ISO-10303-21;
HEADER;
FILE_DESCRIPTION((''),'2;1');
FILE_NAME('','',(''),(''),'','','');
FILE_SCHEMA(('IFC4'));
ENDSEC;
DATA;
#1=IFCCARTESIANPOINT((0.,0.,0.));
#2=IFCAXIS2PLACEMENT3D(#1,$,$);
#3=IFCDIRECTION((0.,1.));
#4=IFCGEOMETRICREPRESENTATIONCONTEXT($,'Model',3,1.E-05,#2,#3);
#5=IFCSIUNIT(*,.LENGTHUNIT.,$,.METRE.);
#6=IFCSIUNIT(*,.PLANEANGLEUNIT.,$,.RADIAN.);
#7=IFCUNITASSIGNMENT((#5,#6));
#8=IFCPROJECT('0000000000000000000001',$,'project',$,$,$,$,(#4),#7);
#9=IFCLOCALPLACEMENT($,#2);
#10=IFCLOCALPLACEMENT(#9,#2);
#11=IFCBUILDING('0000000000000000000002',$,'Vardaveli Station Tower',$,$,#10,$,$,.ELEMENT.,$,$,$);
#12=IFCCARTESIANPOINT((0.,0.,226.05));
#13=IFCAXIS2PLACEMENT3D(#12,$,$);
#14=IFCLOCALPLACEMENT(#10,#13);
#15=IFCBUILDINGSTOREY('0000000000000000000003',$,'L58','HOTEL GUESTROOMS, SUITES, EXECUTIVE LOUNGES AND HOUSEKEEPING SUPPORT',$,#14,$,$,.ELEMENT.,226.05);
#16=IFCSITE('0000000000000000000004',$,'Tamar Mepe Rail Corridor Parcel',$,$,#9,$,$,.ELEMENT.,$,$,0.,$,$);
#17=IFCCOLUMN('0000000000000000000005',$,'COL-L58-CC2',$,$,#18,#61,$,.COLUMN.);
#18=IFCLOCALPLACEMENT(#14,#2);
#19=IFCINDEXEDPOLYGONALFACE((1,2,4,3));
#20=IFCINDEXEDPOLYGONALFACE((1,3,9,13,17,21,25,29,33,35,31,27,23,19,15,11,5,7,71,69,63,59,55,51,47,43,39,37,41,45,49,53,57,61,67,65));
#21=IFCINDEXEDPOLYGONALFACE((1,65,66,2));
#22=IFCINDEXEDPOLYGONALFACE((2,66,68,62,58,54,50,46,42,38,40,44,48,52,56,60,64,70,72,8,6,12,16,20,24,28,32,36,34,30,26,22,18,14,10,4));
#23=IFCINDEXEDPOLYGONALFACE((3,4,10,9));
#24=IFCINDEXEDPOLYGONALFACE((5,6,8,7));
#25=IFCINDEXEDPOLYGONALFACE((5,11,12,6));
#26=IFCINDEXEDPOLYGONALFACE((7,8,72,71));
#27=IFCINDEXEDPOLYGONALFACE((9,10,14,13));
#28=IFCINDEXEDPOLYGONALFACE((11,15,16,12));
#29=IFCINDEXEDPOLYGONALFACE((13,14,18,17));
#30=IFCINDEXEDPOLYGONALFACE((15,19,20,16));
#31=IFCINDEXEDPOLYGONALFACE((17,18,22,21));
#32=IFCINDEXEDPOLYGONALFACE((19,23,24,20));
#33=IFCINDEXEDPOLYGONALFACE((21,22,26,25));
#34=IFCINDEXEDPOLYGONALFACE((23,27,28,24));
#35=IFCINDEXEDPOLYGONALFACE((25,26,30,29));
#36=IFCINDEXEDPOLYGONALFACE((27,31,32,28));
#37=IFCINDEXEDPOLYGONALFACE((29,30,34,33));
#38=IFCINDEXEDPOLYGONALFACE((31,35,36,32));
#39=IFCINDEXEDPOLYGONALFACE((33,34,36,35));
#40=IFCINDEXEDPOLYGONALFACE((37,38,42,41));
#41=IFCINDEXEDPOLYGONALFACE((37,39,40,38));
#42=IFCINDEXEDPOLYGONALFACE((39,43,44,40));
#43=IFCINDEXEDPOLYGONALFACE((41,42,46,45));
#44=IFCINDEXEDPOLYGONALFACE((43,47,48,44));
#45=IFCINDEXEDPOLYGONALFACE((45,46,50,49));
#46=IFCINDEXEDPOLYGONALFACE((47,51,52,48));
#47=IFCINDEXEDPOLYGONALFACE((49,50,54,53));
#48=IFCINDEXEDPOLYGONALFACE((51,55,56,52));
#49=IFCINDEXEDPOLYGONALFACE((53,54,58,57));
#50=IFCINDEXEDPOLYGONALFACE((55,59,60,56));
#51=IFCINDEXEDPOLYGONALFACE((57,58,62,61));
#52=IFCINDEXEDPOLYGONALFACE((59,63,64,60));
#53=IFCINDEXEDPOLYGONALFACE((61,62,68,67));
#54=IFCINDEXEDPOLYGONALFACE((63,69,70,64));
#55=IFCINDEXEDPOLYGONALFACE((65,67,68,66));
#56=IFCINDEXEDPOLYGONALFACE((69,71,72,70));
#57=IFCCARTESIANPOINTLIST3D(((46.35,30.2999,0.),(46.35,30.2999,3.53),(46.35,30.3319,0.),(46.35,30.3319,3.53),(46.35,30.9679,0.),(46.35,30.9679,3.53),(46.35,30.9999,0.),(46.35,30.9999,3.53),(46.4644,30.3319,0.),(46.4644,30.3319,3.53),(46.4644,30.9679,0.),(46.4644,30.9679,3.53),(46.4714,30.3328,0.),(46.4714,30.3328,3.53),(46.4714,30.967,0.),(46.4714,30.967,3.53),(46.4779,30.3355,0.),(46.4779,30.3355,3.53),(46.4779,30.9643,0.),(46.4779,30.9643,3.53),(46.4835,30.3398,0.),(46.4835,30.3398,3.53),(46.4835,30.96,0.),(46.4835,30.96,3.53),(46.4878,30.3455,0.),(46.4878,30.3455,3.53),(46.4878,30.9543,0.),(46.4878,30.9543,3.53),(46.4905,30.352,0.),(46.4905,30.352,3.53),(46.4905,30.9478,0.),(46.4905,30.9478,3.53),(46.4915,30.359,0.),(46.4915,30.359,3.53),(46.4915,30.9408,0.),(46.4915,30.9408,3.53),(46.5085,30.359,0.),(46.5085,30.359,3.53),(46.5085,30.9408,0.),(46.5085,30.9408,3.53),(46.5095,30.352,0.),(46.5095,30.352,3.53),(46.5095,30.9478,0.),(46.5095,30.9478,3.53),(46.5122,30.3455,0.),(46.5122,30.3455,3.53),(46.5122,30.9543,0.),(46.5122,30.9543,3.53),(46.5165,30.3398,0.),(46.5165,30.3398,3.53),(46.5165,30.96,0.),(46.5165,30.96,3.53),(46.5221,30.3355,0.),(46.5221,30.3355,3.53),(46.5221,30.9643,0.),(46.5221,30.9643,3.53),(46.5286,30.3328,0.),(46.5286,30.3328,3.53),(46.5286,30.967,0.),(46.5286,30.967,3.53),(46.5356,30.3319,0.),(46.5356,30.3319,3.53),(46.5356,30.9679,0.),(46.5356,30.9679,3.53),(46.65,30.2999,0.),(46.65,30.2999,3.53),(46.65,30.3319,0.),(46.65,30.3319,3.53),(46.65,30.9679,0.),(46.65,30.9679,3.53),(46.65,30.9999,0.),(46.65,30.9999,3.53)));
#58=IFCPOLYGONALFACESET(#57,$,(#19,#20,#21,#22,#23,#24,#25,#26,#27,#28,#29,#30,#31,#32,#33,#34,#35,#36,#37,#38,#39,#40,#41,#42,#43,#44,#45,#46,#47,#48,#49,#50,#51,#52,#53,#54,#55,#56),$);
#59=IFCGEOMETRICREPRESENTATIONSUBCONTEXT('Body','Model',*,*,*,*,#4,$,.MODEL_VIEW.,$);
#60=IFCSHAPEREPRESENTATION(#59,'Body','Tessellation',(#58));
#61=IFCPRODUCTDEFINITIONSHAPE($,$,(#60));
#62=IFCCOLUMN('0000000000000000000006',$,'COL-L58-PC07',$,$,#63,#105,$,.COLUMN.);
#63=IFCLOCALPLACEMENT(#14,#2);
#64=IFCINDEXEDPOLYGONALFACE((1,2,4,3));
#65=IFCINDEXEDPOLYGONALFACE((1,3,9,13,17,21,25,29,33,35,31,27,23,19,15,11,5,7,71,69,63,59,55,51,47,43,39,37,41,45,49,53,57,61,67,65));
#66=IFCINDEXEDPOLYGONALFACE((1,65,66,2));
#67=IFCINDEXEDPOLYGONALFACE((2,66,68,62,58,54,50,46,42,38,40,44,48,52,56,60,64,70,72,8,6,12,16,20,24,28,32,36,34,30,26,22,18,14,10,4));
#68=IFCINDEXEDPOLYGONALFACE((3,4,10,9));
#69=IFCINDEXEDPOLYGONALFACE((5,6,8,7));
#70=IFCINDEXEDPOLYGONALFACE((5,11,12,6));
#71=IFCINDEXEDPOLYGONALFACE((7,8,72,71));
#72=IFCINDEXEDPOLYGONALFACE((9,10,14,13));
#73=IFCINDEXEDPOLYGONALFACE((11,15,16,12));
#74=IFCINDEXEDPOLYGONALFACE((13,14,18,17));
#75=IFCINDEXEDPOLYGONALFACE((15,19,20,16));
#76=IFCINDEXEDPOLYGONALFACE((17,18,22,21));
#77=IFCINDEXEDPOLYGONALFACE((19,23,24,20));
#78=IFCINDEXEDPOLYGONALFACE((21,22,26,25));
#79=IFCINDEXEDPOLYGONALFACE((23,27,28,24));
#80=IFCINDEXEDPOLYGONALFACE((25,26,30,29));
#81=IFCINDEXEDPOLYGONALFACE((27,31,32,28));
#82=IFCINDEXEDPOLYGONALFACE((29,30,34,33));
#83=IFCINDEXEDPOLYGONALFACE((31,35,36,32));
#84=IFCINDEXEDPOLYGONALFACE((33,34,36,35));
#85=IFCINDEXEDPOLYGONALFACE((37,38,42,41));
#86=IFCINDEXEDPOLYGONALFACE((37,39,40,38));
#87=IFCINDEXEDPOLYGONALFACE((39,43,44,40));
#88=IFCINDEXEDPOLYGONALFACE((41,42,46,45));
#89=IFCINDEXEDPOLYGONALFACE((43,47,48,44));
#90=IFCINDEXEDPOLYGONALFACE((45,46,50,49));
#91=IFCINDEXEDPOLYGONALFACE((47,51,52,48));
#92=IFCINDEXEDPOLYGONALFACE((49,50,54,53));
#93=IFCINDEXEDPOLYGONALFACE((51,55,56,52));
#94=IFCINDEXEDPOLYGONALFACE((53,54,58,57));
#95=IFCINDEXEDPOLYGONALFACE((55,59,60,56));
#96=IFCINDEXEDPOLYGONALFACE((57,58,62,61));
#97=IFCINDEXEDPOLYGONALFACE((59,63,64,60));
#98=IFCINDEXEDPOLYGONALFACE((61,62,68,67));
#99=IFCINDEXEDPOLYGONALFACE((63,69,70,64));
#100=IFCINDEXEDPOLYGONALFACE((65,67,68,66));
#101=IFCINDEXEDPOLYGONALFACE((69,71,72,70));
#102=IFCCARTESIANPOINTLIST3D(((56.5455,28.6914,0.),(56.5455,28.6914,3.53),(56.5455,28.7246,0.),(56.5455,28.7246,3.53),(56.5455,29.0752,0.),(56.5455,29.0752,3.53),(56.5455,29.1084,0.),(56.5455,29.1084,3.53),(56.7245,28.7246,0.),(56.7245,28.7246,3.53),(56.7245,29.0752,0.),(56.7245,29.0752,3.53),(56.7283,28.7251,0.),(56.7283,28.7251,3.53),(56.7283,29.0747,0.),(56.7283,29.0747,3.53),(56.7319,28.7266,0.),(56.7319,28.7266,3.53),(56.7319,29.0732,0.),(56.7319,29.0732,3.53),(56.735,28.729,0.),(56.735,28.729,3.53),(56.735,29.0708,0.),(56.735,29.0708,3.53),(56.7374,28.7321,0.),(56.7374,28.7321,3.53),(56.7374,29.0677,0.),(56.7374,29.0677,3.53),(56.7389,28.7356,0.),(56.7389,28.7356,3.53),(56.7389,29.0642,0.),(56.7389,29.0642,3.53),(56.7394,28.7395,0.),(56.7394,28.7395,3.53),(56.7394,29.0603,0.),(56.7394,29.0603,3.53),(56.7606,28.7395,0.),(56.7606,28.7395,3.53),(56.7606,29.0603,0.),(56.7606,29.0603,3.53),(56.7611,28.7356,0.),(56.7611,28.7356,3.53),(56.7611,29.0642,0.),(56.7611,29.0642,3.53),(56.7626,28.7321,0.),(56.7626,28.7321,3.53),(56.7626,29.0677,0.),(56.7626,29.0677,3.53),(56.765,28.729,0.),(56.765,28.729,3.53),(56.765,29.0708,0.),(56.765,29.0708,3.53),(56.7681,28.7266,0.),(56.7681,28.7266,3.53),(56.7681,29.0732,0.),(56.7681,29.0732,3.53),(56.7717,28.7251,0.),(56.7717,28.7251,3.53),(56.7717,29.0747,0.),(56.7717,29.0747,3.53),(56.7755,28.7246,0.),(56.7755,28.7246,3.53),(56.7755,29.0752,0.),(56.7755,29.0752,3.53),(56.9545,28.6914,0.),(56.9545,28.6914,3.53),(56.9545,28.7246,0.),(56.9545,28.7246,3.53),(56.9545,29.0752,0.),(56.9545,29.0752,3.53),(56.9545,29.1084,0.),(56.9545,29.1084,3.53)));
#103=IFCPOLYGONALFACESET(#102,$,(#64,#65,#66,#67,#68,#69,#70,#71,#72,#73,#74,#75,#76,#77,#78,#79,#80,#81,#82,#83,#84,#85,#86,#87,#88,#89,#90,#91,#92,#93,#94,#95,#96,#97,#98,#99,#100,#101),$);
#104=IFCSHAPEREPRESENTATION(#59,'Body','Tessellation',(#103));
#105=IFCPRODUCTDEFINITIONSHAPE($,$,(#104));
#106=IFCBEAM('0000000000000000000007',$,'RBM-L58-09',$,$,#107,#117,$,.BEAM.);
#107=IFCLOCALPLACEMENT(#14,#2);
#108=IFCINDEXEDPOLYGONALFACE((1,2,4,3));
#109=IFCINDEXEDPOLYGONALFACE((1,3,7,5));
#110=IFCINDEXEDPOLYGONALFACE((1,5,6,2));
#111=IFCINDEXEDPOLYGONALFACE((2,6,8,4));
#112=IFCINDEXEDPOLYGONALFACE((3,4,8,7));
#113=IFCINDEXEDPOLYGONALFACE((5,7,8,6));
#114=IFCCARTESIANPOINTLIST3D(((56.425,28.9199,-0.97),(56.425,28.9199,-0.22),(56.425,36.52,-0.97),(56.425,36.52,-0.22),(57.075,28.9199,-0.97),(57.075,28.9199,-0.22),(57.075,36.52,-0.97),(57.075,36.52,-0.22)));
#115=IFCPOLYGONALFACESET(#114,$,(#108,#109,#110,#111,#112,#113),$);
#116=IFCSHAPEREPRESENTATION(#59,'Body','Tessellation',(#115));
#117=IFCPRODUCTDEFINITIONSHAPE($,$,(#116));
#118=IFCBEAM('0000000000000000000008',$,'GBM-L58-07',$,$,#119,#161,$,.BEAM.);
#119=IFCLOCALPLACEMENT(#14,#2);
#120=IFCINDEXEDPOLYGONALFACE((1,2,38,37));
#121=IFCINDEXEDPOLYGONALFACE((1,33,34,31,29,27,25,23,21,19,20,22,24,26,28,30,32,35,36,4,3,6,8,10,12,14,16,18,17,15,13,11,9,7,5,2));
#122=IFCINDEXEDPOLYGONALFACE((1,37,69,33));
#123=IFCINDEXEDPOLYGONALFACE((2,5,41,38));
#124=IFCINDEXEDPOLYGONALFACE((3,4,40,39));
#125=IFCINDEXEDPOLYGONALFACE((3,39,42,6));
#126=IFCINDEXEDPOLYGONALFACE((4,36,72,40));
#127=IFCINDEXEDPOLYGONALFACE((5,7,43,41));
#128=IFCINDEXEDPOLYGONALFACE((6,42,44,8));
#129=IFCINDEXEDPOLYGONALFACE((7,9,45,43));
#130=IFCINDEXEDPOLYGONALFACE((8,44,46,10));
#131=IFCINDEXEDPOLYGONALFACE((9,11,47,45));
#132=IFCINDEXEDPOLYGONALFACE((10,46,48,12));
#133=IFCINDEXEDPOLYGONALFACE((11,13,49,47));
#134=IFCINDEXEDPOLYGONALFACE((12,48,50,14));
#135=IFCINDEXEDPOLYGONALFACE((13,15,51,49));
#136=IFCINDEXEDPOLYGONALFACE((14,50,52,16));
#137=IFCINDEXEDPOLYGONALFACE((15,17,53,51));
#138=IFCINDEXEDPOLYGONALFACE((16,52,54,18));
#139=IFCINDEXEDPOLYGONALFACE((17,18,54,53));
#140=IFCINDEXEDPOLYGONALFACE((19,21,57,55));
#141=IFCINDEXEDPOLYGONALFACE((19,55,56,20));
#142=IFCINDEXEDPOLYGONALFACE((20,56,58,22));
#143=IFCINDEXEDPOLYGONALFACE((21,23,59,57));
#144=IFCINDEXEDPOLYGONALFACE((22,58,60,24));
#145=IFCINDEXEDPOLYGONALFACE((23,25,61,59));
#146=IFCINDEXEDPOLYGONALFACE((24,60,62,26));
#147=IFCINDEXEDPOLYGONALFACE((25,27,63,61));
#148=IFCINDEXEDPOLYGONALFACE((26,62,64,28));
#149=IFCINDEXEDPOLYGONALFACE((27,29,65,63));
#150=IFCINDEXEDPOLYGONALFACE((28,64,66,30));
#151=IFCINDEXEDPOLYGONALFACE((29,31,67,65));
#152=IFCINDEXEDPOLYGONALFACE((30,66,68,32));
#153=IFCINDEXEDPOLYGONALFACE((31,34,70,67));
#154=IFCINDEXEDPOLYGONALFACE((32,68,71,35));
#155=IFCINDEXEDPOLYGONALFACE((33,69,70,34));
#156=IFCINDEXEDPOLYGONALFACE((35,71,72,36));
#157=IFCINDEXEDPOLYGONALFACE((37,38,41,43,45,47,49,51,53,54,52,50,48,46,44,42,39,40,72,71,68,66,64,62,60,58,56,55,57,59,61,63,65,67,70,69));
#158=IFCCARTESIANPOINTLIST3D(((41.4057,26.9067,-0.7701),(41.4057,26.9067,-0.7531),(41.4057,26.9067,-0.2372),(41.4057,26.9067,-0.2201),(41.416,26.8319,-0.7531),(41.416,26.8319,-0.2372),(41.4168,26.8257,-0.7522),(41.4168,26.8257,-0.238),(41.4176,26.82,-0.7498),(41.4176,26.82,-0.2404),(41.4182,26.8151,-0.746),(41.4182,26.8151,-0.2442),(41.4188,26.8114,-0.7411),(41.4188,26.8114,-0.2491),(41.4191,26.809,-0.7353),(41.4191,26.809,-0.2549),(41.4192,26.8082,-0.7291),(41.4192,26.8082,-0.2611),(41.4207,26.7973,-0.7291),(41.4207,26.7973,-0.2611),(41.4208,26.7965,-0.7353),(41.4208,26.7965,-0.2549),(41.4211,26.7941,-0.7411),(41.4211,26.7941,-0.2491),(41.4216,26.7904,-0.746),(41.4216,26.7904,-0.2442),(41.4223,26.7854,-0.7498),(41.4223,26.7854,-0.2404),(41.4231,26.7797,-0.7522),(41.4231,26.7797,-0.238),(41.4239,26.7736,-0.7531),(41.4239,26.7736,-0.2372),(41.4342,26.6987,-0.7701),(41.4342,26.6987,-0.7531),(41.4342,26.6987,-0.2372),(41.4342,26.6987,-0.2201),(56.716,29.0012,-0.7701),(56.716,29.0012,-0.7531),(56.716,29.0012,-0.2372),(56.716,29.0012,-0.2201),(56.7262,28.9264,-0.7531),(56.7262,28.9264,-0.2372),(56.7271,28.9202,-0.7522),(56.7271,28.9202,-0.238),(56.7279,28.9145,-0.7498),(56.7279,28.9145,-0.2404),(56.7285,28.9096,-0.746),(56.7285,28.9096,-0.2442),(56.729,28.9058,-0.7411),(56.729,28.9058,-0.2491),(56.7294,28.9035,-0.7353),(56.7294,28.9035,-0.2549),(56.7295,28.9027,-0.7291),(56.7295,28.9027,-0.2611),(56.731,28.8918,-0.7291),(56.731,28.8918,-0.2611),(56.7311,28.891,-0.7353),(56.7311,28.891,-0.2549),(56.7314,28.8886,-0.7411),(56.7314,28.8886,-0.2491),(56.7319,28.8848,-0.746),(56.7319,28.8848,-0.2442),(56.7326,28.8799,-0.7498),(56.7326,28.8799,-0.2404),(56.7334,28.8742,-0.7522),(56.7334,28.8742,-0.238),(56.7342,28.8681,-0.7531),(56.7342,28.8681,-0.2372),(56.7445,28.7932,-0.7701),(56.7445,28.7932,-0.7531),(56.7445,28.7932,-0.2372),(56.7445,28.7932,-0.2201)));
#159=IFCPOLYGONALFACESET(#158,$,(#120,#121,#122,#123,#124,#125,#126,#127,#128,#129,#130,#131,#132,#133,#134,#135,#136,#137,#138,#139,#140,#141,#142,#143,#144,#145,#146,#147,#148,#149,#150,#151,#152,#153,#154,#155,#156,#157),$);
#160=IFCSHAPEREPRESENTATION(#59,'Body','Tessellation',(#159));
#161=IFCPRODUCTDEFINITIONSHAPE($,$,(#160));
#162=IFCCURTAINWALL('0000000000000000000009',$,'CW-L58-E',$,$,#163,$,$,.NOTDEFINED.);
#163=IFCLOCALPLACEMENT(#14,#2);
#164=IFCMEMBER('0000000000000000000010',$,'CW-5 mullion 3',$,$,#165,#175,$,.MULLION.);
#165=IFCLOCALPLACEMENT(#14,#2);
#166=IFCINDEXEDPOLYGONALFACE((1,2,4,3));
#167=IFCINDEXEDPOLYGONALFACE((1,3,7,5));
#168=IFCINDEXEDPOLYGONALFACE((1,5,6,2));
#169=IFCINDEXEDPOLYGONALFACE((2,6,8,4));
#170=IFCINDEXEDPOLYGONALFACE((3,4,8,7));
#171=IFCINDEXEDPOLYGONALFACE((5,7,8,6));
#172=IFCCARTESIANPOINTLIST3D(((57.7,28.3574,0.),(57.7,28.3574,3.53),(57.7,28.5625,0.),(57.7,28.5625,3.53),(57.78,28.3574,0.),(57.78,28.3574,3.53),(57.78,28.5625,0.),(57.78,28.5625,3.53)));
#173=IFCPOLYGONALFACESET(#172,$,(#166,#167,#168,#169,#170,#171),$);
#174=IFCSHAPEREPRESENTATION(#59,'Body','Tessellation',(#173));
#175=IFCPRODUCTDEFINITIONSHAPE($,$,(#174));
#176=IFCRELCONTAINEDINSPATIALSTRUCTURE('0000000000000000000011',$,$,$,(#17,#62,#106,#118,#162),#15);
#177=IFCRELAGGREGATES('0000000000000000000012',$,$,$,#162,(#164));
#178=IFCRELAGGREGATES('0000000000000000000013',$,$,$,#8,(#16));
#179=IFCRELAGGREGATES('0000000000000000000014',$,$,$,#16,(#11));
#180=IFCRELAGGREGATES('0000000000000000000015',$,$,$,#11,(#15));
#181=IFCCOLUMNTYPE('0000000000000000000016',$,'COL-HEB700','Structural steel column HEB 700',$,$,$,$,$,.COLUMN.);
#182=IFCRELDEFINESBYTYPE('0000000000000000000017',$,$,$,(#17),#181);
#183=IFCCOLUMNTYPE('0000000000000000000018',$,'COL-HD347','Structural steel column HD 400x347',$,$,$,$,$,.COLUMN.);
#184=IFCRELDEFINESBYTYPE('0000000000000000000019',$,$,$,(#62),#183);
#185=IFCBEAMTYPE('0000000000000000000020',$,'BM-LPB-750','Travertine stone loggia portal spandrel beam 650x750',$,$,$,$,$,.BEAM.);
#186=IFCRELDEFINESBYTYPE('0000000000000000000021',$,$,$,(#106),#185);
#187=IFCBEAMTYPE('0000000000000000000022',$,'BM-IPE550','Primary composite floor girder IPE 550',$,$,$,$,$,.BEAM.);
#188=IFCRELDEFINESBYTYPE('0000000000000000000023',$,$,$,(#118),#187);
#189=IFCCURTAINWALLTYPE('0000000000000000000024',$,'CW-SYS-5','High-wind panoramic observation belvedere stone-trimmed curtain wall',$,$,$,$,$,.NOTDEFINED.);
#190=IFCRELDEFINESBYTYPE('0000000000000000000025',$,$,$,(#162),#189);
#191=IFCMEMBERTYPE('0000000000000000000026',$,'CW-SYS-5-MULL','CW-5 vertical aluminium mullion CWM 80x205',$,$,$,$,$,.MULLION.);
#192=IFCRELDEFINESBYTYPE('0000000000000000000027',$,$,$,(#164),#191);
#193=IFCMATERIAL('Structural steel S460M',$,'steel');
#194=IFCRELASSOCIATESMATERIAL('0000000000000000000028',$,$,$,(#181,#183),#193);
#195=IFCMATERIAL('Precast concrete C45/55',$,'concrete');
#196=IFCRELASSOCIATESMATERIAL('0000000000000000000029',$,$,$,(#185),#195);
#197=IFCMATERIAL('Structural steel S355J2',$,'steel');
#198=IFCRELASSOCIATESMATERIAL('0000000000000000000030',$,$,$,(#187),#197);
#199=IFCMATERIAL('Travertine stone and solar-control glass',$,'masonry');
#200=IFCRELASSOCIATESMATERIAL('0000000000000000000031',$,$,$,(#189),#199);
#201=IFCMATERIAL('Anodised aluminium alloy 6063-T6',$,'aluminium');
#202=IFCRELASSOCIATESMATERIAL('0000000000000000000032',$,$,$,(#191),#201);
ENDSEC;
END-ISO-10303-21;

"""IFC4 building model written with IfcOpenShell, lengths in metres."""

from ifc_helpers import new_model, si_unit, direction, frame, origin, origin_2d, place, context, subcontext, project, spatial, rectangle, i_section, extrude, source, transform, mapped, material, material_profile, profile_set, type_object, element, aggregate, save


model = new_model("IFC4")

# Units and contexts
model_context = context("Model", 3, precision=1e-05, world=origin(), true_north=direction((0.0, 1.0)))
body_context = subcontext(model_context, "Body", "Model", "MODEL_VIEW")
ifc_project = project(units=[si_unit("LENGTHUNIT", "METRE"), si_unit("PLANEANGLEUNIT", "RADIAN")], contexts=[model_context])

# Site, building, storey
site_placement = place(None, origin())
site = spatial("IfcSite", under=ifc_project, at=site_placement, Name="Tamar Mepe Rail Corridor Parcel", CompositionType="ELEMENT", RefElevation=0.0)
building_placement = place(site_placement, origin())
building = spatial("IfcBuilding", under=site, at=building_placement, Name="Vardaveli Station Tower", CompositionType="ELEMENT")
storey_placement = place(building_placement, frame((0.0, 0.0, 226.05)))
storey = spatial("IfcBuildingStorey", under=building, at=storey_placement, Name="L58", Description="HOTEL GUESTROOMS, SUITES, EXECUTIVE LOUNGES AND HOUSEKEEPING SUPPORT", CompositionType="ELEMENT", Elevation=226.05)

# Columns
ifc_material_1 = material(Name="Structural steel S460M", Category="steel")
ifc_material_profile_1 = material_profile(ifc_material_1, i_section(OverallWidth=0.3, OverallDepth=0.7, WebThickness=0.0171, FlangeThickness=0.032, FilletRadius=0.0271, at=origin_2d()), Name="HEB 700")
ifc_profile_set_1 = profile_set([ifc_material_profile_1], Name="Structural steel S460M")
column_type_1 = type_object("IfcColumnType", Name="COL-HEB700", Description="Structural steel column HEB 700", PredefinedType="COLUMN", material=ifc_profile_set_1)
shared_shape_1 = source(origin(), body_context, "Body", "SweptSolid", [
    extrude(i_section(OverallWidth=0.3, OverallDepth=0.7, WebThickness=0.0171, FlangeThickness=0.032, FilletRadius=0.0271, at=origin_2d()), origin(), (0.0, 0.0, 1.0), 3.53),
])
column_1_placement = place(storey_placement, frame((46.5, 30.6499, 0.0), z_axis=(0.0, 0.0, 1.0), x_axis=(1.0, 0.0, 0.0)))
element("IfcColumn", 1, at=column_1_placement, inside=storey, type_object=column_type_1, Name="COL-L58-CC2", PredefinedType="COLUMN", context=body_context, shape_type="MappedRepresentation", body=[
    mapped(shared_shape_1, transform((0.0, 0.0, 0.0), scale=1.0)),
])
ifc_material_profile_2 = material_profile(ifc_material_1, i_section(OverallWidth=0.4089, OverallDepth=0.417, WebThickness=0.0212, FlangeThickness=0.0332, FilletRadius=0.0149, at=origin_2d()), Name="HD 400x347")
ifc_profile_set_2 = profile_set([ifc_material_profile_2], Name="Structural steel S460M")
column_type_2 = type_object("IfcColumnType", Name="COL-HD347", Description="Structural steel column HD 400x347", PredefinedType="COLUMN", material=ifc_profile_set_2)
shared_shape_2 = source(origin(), body_context, "Body", "SweptSolid", [
    extrude(i_section(OverallWidth=0.4089, OverallDepth=0.417, WebThickness=0.0212, FlangeThickness=0.0332, FilletRadius=0.0149, at=origin_2d()), origin(), (0.0, 0.0, 1.0), 3.53),
])
column_2_placement = place(storey_placement, frame((56.75, 28.8999, 0.0), z_axis=(0.0, 0.0, 1.0), x_axis=(1.0, 0.0, 0.0)))
element("IfcColumn", 2, at=column_2_placement, inside=storey, type_object=column_type_2, Name="COL-L58-PC07", PredefinedType="COLUMN", context=body_context, shape_type="MappedRepresentation", body=[
    mapped(shared_shape_2, transform((0.0, 0.0, 0.0), scale=1.0)),
])

# Beams
ifc_material_2 = material(Name="Precast concrete C45/55", Category="concrete")
ifc_material_profile_3 = material_profile(ifc_material_2, rectangle(XDim=0.6499, YDim=0.75, at=origin_2d()), Name="LPB 650x750")
ifc_profile_set_3 = profile_set([ifc_material_profile_3], Name="Precast concrete C45/55")
beam_type_1 = type_object("IfcBeamType", Name="BM-LPB-750", Description="Travertine stone loggia portal spandrel beam 650x750", PredefinedType="BEAM", material=ifc_profile_set_3)
shared_shape_3 = source(origin(), body_context, "Body", "SweptSolid", [
    extrude(rectangle(XDim=0.6499, YDim=0.75, at=origin_2d()), origin(), (0.0, 0.0, 1.0), 7.6001),
])
beam_1_placement = place(storey_placement, frame((56.75, 28.9199, -0.595), z_axis=(0.0, 1.0, 0.0), x_axis=(-1.0, 0.0, 0.0)))
element("IfcBeam", 3, at=beam_1_placement, inside=storey, type_object=beam_type_1, Name="RBM-L58-09", PredefinedType="BEAM", context=body_context, shape_type="MappedRepresentation", body=[
    mapped(shared_shape_3, transform((0.0, 0.0, 0.0), scale=1.0)),
])
ifc_material_3 = material(Name="Structural steel S355J2", Category="steel")
ifc_material_profile_4 = material_profile(ifc_material_3, i_section(OverallWidth=0.21, OverallDepth=0.55, WebThickness=0.011, FlangeThickness=0.0171, FilletRadius=0.0239, at=origin_2d()), Name="IPE 550")
ifc_profile_set_4 = profile_set([ifc_material_profile_4], Name="Structural steel S355J2")
beam_type_2 = type_object("IfcBeamType", Name="BM-IPE550", Description="Primary composite floor girder IPE 550", PredefinedType="BEAM", material=ifc_profile_set_4)
shared_shape_4 = source(origin(), body_context, "Body", "SweptSolid", [
    extrude(i_section(OverallWidth=0.21, OverallDepth=0.55, WebThickness=0.011, FlangeThickness=0.0171, FilletRadius=0.0239, at=origin_2d()), origin(), (0.0, 0.0, 1.0), 15.4529),
])
beam_2_placement = place(storey_placement, frame((56.7302, 28.8972, -0.4951), z_axis=(-0.990772, -0.13554, 0.0), x_axis=(0.13554, -0.990772, 0.0)))
element("IfcBeam", 4, at=beam_2_placement, inside=storey, type_object=beam_type_2, Name="GBM-L58-07", PredefinedType="BEAM", context=body_context, shape_type="MappedRepresentation", body=[
    mapped(shared_shape_4, transform((0.0, 0.0, 0.0), scale=1.0)),
])

# Curtain wall, member
ifc_material_4 = material(Name="Travertine stone and solar-control glass", Category="masonry")
curtain_wall_type = type_object("IfcCurtainWallType", Name="CW-SYS-5", Description="High-wind panoramic observation belvedere stone-trimmed curtain wall", PredefinedType="NOTDEFINED", material=ifc_material_4)
curtain_wall_placement = place(storey_placement, origin())
curtain_wall = element("IfcCurtainWall", 5, at=curtain_wall_placement, inside=storey, type_object=curtain_wall_type, Name="CW-L58-E", PredefinedType="NOTDEFINED")
ifc_material_5 = material(Name="Anodised aluminium alloy 6063-T6", Category="aluminium")
ifc_material_profile_5 = material_profile(ifc_material_5, rectangle(XDim=0.0801, YDim=0.2051, at=origin_2d()), Name="CWM 80x205")
ifc_profile_set_5 = profile_set([ifc_material_profile_5], Name="Anodised aluminium alloy 6063-T6")
member_type = type_object("IfcMemberType", Name="CW-SYS-5-MULL", Description="CW-5 vertical aluminium mullion CWM 80x205", PredefinedType="MULLION", material=ifc_profile_set_5)
shared_shape_5 = source(origin(), body_context, "Body", "SweptSolid", [
    extrude(rectangle(XDim=0.0801, YDim=0.2051, at=origin_2d()), origin(), (0.0, 0.0, 1.0), 3.53),
])
member_placement = place(storey_placement, frame((57.74, 28.46, 0.0), z_axis=(0.0, 0.0, 1.0), x_axis=(-1.0, 0.0, 0.0)))
member = element("IfcMember", 6, at=member_placement, type_object=member_type, Name="CW-5 mullion 3", PredefinedType="MULLION", context=body_context, shape_type="MappedRepresentation", body=[
    mapped(shared_shape_5, transform((0.0, 0.0, 0.0), scale=1.0)),
])
aggregate(curtain_wall, [member])

save(model, "model.ifc")
